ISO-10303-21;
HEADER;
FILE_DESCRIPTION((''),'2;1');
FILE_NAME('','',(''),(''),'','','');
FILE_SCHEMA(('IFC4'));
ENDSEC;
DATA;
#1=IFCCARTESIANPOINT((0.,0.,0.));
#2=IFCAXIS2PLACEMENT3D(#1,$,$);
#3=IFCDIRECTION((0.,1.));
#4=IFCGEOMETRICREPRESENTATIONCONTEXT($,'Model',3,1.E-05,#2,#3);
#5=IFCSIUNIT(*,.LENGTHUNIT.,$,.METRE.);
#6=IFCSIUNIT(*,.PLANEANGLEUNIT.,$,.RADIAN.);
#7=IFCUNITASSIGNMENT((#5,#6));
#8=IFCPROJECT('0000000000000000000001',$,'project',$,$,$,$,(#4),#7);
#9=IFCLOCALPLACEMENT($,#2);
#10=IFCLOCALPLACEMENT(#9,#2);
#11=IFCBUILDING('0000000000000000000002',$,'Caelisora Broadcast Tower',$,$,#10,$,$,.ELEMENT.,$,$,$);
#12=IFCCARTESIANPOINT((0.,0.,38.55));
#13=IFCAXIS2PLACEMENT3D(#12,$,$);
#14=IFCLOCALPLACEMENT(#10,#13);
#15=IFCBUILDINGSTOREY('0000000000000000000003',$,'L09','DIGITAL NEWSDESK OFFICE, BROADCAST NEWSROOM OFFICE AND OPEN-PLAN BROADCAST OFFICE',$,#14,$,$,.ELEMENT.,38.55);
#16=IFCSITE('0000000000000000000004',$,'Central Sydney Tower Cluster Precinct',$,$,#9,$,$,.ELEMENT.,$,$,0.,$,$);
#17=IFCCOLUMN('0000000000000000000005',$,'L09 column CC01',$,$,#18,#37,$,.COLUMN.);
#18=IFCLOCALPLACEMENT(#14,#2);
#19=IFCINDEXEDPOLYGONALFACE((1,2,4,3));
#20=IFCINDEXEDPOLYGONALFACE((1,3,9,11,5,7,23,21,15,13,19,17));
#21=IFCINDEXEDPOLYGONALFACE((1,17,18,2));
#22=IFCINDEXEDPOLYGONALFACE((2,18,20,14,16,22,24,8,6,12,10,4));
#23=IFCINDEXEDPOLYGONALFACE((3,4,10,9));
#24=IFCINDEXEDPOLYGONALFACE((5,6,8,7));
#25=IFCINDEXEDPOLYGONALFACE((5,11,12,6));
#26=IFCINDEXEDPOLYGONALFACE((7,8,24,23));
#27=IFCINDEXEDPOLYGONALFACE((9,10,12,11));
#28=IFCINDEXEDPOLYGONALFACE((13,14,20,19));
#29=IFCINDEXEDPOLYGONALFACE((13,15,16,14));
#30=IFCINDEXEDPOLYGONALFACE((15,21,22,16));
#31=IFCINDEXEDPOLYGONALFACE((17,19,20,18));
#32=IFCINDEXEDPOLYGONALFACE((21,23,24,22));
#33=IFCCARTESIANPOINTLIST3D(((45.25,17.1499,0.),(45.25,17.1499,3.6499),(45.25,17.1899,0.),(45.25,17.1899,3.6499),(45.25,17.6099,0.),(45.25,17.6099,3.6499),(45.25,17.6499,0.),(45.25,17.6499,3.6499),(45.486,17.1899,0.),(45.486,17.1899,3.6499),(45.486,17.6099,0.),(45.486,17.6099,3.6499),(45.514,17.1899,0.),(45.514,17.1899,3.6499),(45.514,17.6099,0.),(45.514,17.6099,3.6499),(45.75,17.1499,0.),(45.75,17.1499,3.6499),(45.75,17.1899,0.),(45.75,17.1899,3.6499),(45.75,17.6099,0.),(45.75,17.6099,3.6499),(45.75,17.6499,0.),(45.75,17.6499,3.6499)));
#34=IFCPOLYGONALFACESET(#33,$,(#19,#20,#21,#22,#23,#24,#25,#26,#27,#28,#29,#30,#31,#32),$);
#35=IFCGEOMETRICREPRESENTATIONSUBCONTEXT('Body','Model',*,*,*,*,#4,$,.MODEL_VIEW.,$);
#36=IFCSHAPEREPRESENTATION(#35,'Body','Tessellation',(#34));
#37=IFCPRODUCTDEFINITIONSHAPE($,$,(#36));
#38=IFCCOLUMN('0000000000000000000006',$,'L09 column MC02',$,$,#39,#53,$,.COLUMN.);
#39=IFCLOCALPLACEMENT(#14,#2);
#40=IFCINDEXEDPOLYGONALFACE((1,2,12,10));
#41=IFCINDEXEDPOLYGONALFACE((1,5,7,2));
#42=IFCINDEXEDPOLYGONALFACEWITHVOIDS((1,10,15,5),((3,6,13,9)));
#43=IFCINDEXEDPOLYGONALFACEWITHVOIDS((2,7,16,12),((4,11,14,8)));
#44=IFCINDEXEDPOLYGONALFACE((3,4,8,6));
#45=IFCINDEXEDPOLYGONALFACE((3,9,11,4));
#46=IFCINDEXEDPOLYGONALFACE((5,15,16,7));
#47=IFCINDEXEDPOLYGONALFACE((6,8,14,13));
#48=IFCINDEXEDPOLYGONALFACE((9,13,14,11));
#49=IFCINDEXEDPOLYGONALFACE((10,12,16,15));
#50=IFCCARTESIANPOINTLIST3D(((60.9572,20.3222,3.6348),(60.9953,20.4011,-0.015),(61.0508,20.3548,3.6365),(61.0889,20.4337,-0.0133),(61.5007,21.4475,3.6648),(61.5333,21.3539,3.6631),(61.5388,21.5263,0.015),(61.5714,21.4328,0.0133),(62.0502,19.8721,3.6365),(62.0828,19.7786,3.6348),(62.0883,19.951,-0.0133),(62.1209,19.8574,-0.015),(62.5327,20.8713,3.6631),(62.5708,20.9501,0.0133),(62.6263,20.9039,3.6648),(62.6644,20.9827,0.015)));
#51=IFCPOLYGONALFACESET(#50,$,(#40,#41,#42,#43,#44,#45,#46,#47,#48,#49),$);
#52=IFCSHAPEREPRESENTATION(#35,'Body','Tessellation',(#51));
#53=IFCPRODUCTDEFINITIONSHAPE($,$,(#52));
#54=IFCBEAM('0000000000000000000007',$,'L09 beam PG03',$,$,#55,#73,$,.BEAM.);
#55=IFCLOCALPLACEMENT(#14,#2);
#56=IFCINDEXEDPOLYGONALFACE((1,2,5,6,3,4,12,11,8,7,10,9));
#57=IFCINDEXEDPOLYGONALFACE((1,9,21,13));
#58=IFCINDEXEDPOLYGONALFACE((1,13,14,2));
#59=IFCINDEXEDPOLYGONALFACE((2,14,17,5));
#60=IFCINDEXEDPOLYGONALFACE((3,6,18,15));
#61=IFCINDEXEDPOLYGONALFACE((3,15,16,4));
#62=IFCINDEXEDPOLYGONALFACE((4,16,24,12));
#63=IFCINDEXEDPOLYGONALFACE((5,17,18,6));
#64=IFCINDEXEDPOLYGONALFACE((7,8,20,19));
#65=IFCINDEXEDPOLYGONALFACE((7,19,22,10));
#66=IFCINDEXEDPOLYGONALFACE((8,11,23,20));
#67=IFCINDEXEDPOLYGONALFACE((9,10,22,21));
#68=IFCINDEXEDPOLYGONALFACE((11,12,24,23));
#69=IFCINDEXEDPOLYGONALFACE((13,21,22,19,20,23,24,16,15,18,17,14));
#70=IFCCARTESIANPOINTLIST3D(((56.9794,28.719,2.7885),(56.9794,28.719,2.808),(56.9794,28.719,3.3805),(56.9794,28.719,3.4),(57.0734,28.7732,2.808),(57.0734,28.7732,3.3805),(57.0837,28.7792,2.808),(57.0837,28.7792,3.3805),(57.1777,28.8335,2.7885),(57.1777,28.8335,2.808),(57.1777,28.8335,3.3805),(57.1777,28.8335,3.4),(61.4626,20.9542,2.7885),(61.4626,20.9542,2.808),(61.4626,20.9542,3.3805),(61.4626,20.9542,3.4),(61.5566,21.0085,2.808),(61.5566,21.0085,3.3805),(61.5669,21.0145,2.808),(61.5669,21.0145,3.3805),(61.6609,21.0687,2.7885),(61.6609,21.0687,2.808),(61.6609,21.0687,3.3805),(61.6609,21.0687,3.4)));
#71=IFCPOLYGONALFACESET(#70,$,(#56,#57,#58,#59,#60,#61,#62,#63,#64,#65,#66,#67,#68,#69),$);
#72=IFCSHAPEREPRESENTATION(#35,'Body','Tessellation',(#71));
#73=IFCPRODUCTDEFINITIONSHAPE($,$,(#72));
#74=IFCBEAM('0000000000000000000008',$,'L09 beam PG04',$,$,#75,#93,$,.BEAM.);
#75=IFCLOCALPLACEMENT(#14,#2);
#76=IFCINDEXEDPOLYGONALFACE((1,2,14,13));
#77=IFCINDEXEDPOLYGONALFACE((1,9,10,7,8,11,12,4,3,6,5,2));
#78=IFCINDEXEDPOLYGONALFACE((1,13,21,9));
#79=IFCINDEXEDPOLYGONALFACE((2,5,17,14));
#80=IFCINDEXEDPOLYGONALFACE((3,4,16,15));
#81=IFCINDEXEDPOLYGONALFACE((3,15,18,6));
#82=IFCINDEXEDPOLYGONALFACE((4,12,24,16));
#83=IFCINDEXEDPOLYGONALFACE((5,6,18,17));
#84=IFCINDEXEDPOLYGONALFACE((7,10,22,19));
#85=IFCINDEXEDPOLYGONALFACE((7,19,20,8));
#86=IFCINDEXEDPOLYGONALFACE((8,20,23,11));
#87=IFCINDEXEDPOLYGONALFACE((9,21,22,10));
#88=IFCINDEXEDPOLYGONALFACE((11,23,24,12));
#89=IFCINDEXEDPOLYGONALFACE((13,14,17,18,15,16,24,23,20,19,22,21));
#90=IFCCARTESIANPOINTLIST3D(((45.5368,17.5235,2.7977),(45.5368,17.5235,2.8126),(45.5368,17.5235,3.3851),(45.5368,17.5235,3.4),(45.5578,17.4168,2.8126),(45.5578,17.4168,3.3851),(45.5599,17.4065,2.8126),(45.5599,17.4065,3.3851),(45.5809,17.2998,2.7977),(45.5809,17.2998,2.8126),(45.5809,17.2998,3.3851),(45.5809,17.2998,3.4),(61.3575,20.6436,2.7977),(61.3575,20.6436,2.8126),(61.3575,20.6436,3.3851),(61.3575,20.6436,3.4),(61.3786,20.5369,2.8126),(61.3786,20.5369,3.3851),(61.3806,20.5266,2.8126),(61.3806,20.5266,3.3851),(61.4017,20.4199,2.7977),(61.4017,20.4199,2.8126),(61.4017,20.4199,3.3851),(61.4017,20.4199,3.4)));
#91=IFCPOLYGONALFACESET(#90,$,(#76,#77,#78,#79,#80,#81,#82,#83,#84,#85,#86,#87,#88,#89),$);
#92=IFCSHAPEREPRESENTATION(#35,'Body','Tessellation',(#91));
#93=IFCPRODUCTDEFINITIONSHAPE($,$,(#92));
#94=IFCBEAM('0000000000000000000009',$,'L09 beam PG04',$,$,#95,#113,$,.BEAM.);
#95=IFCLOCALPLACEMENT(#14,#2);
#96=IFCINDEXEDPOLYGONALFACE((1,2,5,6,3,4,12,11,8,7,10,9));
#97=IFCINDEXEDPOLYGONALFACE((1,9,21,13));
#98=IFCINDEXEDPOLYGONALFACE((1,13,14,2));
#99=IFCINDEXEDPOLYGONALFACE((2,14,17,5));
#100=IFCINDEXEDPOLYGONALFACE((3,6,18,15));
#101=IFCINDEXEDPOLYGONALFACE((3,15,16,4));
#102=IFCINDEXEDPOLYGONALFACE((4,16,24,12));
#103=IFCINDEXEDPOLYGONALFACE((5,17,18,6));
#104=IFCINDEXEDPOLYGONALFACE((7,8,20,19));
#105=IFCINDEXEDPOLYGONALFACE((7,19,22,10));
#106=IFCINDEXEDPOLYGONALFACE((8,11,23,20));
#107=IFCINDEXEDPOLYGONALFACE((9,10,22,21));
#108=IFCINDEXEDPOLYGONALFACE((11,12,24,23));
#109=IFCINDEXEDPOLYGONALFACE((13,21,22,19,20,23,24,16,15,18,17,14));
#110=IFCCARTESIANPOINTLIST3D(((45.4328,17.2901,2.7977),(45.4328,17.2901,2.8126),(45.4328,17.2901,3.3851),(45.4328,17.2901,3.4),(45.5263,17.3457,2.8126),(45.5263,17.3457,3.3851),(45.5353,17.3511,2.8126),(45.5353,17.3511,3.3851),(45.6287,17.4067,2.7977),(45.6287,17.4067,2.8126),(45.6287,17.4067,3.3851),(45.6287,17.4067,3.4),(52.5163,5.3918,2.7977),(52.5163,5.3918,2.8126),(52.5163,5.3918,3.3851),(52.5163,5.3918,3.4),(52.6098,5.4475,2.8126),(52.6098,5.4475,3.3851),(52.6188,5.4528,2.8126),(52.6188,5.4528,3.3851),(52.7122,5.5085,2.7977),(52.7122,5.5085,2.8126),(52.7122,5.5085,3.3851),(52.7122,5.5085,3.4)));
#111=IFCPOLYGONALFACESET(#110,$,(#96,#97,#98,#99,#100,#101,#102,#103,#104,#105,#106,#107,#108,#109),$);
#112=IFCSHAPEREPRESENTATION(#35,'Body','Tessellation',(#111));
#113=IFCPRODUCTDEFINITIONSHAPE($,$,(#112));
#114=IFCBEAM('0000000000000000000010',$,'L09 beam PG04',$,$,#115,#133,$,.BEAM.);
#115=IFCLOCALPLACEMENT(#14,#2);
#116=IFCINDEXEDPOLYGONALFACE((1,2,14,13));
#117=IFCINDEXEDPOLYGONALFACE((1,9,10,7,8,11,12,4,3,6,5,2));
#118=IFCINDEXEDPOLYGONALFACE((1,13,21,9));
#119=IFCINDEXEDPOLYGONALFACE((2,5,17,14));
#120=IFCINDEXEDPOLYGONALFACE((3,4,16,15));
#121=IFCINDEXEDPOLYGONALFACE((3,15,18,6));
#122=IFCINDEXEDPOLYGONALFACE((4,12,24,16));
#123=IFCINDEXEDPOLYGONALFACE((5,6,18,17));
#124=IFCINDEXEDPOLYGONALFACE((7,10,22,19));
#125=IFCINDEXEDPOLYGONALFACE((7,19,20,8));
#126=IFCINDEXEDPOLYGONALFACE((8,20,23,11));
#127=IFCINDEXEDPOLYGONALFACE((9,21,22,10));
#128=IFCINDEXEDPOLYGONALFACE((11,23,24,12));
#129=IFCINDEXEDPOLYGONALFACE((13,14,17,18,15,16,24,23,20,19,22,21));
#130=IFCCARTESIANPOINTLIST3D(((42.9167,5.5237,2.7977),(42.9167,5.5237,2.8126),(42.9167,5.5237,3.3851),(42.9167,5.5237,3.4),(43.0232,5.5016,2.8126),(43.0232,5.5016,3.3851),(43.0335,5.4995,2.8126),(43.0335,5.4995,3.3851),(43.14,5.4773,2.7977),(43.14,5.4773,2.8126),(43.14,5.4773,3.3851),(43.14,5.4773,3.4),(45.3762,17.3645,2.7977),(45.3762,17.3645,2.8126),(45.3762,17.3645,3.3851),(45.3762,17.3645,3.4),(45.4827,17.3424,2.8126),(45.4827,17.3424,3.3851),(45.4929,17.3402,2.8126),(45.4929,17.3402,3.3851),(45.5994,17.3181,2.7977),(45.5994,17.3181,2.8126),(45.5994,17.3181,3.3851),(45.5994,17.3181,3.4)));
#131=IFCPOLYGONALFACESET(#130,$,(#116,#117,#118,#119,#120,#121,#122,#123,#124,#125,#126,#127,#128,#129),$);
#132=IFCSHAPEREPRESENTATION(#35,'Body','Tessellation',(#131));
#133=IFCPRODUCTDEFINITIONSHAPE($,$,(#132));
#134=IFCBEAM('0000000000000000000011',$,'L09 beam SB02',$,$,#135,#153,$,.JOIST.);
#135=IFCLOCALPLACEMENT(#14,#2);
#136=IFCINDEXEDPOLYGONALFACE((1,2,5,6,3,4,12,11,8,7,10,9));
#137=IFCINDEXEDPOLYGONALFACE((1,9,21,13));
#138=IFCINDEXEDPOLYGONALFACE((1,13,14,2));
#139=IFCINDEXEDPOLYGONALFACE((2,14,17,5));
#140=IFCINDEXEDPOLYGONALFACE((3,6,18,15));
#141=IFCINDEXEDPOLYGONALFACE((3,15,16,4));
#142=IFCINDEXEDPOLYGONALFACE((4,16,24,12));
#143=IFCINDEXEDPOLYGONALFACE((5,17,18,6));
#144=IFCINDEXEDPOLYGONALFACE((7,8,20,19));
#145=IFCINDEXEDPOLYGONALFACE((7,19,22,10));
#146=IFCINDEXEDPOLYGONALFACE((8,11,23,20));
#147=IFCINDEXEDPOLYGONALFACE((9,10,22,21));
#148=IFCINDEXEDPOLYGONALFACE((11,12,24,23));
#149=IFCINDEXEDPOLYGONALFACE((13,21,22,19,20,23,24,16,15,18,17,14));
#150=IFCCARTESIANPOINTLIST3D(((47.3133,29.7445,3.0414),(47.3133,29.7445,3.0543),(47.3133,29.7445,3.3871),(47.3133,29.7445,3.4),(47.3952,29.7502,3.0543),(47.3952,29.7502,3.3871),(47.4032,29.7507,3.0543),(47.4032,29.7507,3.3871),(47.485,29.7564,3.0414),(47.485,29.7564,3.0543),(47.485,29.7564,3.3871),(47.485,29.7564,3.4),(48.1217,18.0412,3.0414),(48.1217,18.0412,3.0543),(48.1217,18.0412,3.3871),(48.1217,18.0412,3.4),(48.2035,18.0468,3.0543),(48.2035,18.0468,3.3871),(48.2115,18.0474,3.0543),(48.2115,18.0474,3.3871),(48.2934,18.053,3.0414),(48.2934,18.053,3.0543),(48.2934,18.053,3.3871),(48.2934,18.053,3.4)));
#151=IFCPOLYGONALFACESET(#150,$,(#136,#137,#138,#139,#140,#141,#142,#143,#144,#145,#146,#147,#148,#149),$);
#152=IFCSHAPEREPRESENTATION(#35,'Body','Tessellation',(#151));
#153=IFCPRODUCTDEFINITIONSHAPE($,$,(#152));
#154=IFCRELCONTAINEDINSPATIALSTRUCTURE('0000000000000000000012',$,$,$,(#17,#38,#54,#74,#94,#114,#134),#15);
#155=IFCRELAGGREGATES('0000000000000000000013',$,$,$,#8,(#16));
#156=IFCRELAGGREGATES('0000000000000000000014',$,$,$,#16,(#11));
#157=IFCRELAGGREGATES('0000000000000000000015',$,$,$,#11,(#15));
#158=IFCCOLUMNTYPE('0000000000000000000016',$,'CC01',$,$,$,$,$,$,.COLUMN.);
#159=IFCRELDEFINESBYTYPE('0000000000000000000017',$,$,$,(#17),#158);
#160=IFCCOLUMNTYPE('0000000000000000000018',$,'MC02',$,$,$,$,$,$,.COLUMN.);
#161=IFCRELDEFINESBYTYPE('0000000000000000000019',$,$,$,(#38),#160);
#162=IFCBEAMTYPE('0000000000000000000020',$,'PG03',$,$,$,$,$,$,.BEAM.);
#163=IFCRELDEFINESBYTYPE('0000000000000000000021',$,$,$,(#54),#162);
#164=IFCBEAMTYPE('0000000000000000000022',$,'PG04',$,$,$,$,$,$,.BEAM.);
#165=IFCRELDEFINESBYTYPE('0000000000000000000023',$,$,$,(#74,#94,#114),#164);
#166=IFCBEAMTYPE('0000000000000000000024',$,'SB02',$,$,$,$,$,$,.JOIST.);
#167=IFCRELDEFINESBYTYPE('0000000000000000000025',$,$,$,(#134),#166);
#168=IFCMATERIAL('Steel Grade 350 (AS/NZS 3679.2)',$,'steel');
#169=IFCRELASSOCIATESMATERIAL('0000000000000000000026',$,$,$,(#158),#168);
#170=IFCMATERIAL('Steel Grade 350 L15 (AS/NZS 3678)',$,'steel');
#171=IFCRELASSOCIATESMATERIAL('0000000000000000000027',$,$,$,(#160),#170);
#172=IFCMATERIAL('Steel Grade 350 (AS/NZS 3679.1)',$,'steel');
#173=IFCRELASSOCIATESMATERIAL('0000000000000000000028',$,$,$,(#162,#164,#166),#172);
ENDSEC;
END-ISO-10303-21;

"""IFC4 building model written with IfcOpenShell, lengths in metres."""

from ifc_helpers import new_model, si_unit, direction, frame, origin, origin_2d, place, context, subcontext, project, spatial, hollow_rectangle, i_section, extrude, source, transform, mapped, material, material_profile, profile_set, type_object, type_shapes, element, save


model = new_model("IFC4")

# Units and contexts
model_context = context("Model", 3, precision=1e-05, world=origin(), true_north=direction((0.0, 1.0)))
body_context = subcontext(model_context, "Body", "Model", "MODEL_VIEW")
ifc_project = project(units=[si_unit("LENGTHUNIT", "METRE"), si_unit("PLANEANGLEUNIT", "RADIAN")], contexts=[model_context])

# Site, building, storey
site_placement = place(None, origin())
site = spatial("IfcSite", under=ifc_project, at=site_placement, Name="Central Sydney Tower Cluster Precinct", CompositionType="ELEMENT", RefElevation=0.0)
building_placement = place(site_placement, origin())
building = spatial("IfcBuilding", under=site, at=building_placement, Name="Caelisora Broadcast Tower", CompositionType="ELEMENT")
storey_placement = place(building_placement, frame((0.0, 0.0, 38.55)))
storey = spatial("IfcBuildingStorey", under=building, at=storey_placement, Name="L09", Description="DIGITAL NEWSDESK OFFICE, BROADCAST NEWSROOM OFFICE AND OPEN-PLAN BROADCAST OFFICE", CompositionType="ELEMENT", Elevation=38.55)

# Columns
ifc_material_1 = material(Name="Steel Grade 350 (AS/NZS 3679.2)", Category="steel")
ifc_material_profile_1 = material_profile(ifc_material_1, i_section(OverallWidth=0.5, OverallDepth=0.5, WebThickness=0.0281, FlangeThickness=0.04, at=origin_2d()), Name="Steel Grade 350 (AS/NZS 3679.2)")
ifc_profile_set_1 = profile_set([ifc_material_profile_1], Name="Steel Grade 350 (AS/NZS 3679.2)")
column_type_1 = type_object("IfcColumnType", Name="CC01", PredefinedType="COLUMN", material=ifc_profile_set_1)
shared_shape_1 = source(origin(), body_context, "Body", "SweptSolid", [
    extrude(i_section(OverallWidth=0.5, OverallDepth=0.5, WebThickness=0.0281, FlangeThickness=0.04, at=origin_2d()), origin(), (0.0, 0.0, 1.0), 3.6499),
])
type_shapes(column_type_1, [shared_shape_1])
column_1_placement = place(storey_placement, frame((45.5, 17.3999, 0.0), z_axis=(0.0, 0.0, 1.0), x_axis=(1.0, 0.0, 0.0)))
element("IfcColumn", 1, at=column_1_placement, inside=storey, type_object=column_type_1, Name="L09 column CC01", PredefinedType="COLUMN", context=body_context, shape_type="MappedRepresentation", body=[
    mapped(shared_shape_1, transform((0.0, 0.0, 0.0), scale=1.0)),
])
ifc_material_2 = material(Name="Steel Grade 350 L15 (AS/NZS 3678)", Category="steel")
ifc_material_profile_2 = material_profile(ifc_material_2, hollow_rectangle(XDim=1.25, YDim=1.25, WallThickness=0.0701, at=origin_2d()), Name="Steel Grade 350 L15 (AS/NZS 3678)")
ifc_profile_set_2 = profile_set([ifc_material_profile_2], Name="Steel Grade 350 L15 (AS/NZS 3678)")
column_type_2 = type_object("IfcColumnType", Name="MC02", PredefinedType="COLUMN", material=ifc_profile_set_2)
shared_shape_2 = source(origin(), body_context, "Body", "SweptSolid", [
    extrude(hollow_rectangle(XDim=1.25, YDim=1.25, WallThickness=0.0701, at=origin_2d()), origin(), (0.0, 0.0, 1.0), 3.6509),
])
type_shapes(column_type_2, [shared_shape_2])
column_2_placement = place(storey_placement, frame((61.8298, 20.6919, 0.0), z_axis=(-0.010432, -0.021599, 0.999712), x_axis=(0.900476, -0.434905, 0.0)))
element("IfcColumn", 2, at=column_2_placement, inside=storey, type_object=column_type_2, Name="L09 column MC02", PredefinedType="COLUMN", context=body_context, shape_type="MappedRepresentation", body=[
    mapped(shared_shape_2, transform((0.0, 0.0, 0.0), scale=1.0)),
])

# Beams
ifc_material_3 = material(Name="Steel Grade 350 (AS/NZS 3679.1)", Category="steel")
ifc_material_profile_3 = material_profile(ifc_material_3, i_section(OverallWidth=0.229, OverallDepth=0.6116, WebThickness=0.012, FlangeThickness=0.0195, at=origin_2d()), Name="Steel Grade 350 (AS/NZS 3679.1)")
ifc_profile_set_3 = profile_set([ifc_material_profile_3], Name="Steel Grade 350 (AS/NZS 3679.1)")
beam_type_1 = type_object("IfcBeamType", Name="PG03", PredefinedType="BEAM", material=ifc_profile_set_3)
shared_shape_3 = source(origin(), body_context, "Body", "SweptSolid", [
    extrude(i_section(OverallWidth=0.229, OverallDepth=0.6116, WebThickness=0.012, FlangeThickness=0.0195, at=origin_2d()), origin(), (0.0, 0.0, 1.0), 8.9661),
])
type_shapes(beam_type_1, [shared_shape_3])
beam_1_placement = place(storey_placement, frame((61.5618, 21.0115, 3.0942), z_axis=(-0.500019, 0.866014, 0.0), x_axis=(-0.866014, -0.500019, 0.0)))
element("IfcBeam", 3, at=beam_1_placement, inside=storey, type_object=beam_type_1, Name="L09 beam PG03", PredefinedType="BEAM", context=body_context, shape_type="MappedRepresentation", body=[
    mapped(shared_shape_3, transform((0.0, 0.0, 0.0), scale=1.0)),
])
ifc_material_profile_4 = material_profile(ifc_material_3, i_section(OverallWidth=0.228, OverallDepth=0.6023, WebThickness=0.0105, FlangeThickness=0.0149, at=origin_2d()), Name="Steel Grade 350 (AS/NZS 3679.1)")
ifc_profile_set_4 = profile_set([ifc_material_profile_4], Name="Steel Grade 350 (AS/NZS 3679.1)")
beam_type_2 = type_object("IfcBeamType", Name="PG04", PredefinedType="BEAM", material=ifc_profile_set_4)
shared_shape_4 = source(origin(), body_context, "Body", "SweptSolid", [
    extrude(i_section(OverallWidth=0.228, OverallDepth=0.6023, WebThickness=0.0105, FlangeThickness=0.0149, at=origin_2d()), origin(), (0.0, 0.0, 1.0), 16.1255),
])
beam_2_placement = place(storey_placement, frame((45.5588, 17.4116, 3.0989), z_axis=(0.981102, 0.193489, 0.0), x_axis=(-0.193489, 0.981102, 0.0)))
element("IfcBeam", 4, at=beam_2_placement, inside=storey, type_object=beam_type_2, Name="L09 beam PG04", PredefinedType="BEAM", context=body_context, shape_type="MappedRepresentation", body=[
    mapped(shared_shape_4, transform((0.0, 0.0, 0.0), scale=1.0)),
])
shared_shape_5 = source(origin(), body_context, "Body", "SweptSolid", [
    extrude(i_section(OverallWidth=0.228, OverallDepth=0.6023, WebThickness=0.0105, FlangeThickness=0.0149, at=origin_2d()), origin(), (0.0, 0.0, 1.0), 13.8472),
])
beam_3_placement = place(storey_placement, frame((45.5308, 17.3484, 3.0989), z_axis=(0.51155, -0.859254, 0.0), x_axis=(0.859254, 0.51155, 0.0)))
element("IfcBeam", 5, at=beam_3_placement, inside=storey, type_object=beam_type_2, Name="L09 beam PG04", PredefinedType="BEAM", context=body_context, shape_type="MappedRepresentation", body=[
    mapped(shared_shape_5, transform((0.0, 0.0, 0.0), scale=1.0)),
])
shared_shape_6 = source(origin(), body_context, "Body", "SweptSolid", [
    extrude(i_section(OverallWidth=0.228, OverallDepth=0.6023, WebThickness=0.0105, FlangeThickness=0.0149, at=origin_2d()), origin(), (0.0, 0.0, 1.0), 12.0935),
])
type_shapes(beam_type_2, [shared_shape_4, shared_shape_5, shared_shape_6])
beam_4_placement = place(storey_placement, frame((45.4878, 17.3413, 3.0989), z_axis=(-0.203371, -0.979102, 0.0), x_axis=(0.979102, -0.203371, 0.0)))
element("IfcBeam", 6, at=beam_4_placement, inside=storey, type_object=beam_type_2, Name="L09 beam PG04", PredefinedType="BEAM", context=body_context, shape_type="MappedRepresentation", body=[
    mapped(shared_shape_6, transform((0.0, 0.0, 0.0), scale=1.0)),
])
ifc_material_profile_5 = material_profile(ifc_material_3, i_section(OverallWidth=0.1721, OverallDepth=0.3586, WebThickness=0.0081, FlangeThickness=0.0129, at=origin_2d()), Name="Steel Grade 350 (AS/NZS 3679.1)")
ifc_profile_set_5 = profile_set([ifc_material_profile_5], Name="Steel Grade 350 (AS/NZS 3679.1)")
beam_type_3 = type_object("IfcBeamType", Name="SB02", PredefinedType="JOIST", material=ifc_profile_set_5)
shared_shape_7 = source(origin(), body_context, "Body", "SweptSolid", [
    extrude(i_section(OverallWidth=0.1721, OverallDepth=0.3586, WebThickness=0.0081, FlangeThickness=0.0129, at=origin_2d()), origin(), (0.0, 0.0, 1.0), 11.7312),
])
beam_5_placement = place(storey_placement, frame((48.2075, 18.0471, 3.2207), z_axis=(-0.068906, 0.997623, 0.0), x_axis=(-0.997623, -0.068906, 0.0)))
element("IfcBeam", 7, at=beam_5_placement, inside=storey, type_object=beam_type_3, Name="L09 beam SB02", PredefinedType="JOIST", context=body_context, shape_type="MappedRepresentation", body=[
    mapped(shared_shape_7, transform((0.0, 0.0, 0.0), scale=1.0)),
])

save(model, "model.ifc")
